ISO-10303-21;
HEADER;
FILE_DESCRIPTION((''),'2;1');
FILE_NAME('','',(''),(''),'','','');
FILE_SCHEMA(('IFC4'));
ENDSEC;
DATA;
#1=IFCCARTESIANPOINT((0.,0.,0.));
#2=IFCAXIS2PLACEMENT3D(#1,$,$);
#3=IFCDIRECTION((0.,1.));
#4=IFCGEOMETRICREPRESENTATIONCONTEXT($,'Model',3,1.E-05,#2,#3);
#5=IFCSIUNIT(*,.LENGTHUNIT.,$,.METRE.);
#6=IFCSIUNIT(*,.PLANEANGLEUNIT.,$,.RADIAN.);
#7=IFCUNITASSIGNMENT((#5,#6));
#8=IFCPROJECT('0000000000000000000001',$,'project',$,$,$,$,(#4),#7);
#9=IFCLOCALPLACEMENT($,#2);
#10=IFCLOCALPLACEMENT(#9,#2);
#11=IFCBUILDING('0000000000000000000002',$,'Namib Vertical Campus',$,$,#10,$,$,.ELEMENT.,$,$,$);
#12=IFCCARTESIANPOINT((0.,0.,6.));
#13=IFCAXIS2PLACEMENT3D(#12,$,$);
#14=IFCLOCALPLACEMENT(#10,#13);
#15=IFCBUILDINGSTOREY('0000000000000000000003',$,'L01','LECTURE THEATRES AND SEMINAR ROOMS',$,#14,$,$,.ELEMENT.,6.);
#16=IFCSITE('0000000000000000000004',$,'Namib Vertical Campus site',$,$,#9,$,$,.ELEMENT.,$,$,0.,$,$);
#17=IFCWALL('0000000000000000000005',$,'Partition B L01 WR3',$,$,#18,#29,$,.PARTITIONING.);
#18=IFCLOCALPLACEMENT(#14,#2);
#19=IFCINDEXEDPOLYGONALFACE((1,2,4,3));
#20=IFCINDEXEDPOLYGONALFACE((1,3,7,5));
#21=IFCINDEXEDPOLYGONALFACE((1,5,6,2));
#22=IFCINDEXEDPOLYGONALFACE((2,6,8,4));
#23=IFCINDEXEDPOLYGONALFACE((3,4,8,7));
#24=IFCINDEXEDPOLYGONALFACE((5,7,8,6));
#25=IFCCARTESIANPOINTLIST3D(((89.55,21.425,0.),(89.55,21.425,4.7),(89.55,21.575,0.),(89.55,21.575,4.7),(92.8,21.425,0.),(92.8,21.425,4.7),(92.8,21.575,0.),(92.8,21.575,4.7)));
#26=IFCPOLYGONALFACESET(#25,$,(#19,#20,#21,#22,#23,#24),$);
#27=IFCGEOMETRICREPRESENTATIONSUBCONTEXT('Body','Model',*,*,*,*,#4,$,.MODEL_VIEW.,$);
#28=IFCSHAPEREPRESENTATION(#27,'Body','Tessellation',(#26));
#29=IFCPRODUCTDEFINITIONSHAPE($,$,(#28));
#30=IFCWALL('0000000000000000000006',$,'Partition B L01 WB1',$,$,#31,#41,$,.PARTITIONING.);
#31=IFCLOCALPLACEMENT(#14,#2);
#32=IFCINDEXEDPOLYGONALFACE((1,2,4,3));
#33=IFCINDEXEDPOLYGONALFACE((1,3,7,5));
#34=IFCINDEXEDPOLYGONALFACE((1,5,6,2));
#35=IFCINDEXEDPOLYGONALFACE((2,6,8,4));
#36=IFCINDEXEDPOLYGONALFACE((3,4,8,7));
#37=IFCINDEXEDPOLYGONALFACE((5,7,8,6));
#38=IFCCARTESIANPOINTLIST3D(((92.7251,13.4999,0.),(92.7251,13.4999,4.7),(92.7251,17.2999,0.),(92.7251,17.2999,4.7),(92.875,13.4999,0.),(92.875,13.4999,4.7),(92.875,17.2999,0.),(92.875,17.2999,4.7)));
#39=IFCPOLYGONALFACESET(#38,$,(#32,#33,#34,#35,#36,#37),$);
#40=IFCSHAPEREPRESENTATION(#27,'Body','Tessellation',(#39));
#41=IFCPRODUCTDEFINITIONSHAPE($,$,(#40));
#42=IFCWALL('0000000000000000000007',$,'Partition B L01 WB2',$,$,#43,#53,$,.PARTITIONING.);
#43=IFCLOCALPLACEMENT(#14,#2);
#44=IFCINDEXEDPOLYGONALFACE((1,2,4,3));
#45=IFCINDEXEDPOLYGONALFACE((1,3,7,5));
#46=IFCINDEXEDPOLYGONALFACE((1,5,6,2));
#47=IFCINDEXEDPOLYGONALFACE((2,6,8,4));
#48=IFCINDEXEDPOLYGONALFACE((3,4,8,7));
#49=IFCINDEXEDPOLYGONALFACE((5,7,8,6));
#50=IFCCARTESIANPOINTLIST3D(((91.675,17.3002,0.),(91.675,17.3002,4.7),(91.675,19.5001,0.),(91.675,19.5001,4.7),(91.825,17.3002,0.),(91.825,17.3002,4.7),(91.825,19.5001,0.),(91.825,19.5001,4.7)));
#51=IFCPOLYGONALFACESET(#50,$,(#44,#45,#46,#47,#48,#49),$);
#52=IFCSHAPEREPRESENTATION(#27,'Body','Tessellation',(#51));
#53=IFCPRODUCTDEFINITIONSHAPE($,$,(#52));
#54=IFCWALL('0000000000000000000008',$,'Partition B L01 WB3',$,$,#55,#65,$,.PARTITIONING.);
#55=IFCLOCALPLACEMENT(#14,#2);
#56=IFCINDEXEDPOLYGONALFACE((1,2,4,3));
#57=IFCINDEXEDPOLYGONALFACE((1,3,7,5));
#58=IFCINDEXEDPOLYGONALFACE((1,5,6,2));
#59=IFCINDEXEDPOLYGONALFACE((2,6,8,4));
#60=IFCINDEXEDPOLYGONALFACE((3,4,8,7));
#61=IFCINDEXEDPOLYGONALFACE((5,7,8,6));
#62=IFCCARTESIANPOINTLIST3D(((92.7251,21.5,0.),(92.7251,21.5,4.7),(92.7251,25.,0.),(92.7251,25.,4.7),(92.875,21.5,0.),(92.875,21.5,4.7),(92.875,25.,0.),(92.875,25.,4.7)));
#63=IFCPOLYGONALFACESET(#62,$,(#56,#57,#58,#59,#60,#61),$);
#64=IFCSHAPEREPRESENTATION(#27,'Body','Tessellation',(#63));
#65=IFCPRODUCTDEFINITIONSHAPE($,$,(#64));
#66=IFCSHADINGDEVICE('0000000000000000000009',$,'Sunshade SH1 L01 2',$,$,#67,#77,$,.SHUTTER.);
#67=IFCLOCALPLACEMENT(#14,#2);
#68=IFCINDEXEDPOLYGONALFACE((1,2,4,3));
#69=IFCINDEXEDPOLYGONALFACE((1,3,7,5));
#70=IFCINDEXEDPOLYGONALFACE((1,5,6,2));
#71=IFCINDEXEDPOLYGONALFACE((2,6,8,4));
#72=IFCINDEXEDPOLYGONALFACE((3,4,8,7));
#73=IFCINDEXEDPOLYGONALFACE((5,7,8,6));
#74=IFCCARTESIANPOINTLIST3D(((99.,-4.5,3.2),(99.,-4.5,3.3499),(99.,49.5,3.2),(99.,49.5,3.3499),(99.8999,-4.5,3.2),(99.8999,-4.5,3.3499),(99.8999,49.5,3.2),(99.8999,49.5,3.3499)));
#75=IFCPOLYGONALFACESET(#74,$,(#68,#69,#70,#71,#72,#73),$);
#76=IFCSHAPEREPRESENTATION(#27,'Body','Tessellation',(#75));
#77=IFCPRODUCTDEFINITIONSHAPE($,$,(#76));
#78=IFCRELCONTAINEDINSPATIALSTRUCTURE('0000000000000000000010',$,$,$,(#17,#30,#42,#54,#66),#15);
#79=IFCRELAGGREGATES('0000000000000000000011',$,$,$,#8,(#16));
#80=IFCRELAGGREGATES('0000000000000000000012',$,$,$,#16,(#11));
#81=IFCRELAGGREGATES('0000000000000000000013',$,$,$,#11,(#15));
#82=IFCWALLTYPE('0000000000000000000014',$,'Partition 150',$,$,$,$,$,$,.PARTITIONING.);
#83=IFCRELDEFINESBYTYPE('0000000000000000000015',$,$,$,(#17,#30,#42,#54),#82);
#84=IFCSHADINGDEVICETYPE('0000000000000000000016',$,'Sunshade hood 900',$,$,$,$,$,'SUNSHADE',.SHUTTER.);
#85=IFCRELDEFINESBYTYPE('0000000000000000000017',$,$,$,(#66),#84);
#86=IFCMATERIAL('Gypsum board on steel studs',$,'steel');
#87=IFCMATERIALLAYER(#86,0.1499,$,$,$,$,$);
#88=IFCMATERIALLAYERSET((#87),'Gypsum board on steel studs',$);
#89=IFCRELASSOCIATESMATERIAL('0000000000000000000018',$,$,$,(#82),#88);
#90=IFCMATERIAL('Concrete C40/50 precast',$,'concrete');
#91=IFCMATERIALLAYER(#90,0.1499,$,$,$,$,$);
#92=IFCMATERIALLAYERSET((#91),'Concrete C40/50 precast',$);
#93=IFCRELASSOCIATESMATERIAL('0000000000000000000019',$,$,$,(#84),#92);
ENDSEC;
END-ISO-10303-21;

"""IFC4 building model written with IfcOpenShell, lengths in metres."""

from ifc_helpers import new_model, si_unit, direction, frame, frame_2d, origin, origin_2d, place, context, subcontext, project, spatial, rectangle, extrude, material, layer, layer_set, type_object, element, save


model = new_model("IFC4")

# Units and contexts
model_context = context("Model", 3, precision=1e-05, world=origin(), true_north=direction((0.0, 1.0)))
body_context = subcontext(model_context, "Body", "Model", "MODEL_VIEW")
ifc_project = project(units=[si_unit("LENGTHUNIT", "METRE"), si_unit("PLANEANGLEUNIT", "RADIAN")], contexts=[model_context])

# Site, building, storey
site_placement = place(None, origin())
site = spatial("IfcSite", under=ifc_project, at=site_placement, Name="Namib Vertical Campus site", CompositionType="ELEMENT", RefElevation=0.0)
building_placement = place(site_placement, origin())
building = spatial("IfcBuilding", under=site, at=building_placement, Name="Namib Vertical Campus", CompositionType="ELEMENT")
storey_placement = place(building_placement, frame((0.0, 0.0, 6.0)))
storey = spatial("IfcBuildingStorey", under=building, at=storey_placement, Name="L01", Description="LECTURE THEATRES AND SEMINAR ROOMS", CompositionType="ELEMENT", Elevation=6.0)

# Walls
ifc_material_1 = material(Name="Gypsum board on steel studs", Category="steel")
ifc_layer_1 = layer(ifc_material_1, 0.1499)
ifc_layer_set_1 = layer_set([ifc_layer_1], Name="Gypsum board on steel studs")
wall_type_1 = type_object("IfcWallType", Name="Partition 150", PredefinedType="PARTITIONING", material=ifc_layer_set_1)
wall_1_placement = place(storey_placement, frame((89.55, 21.5, 0.0), z_axis=(0.0, 0.0, 1.0), x_axis=(1.0, 0.0, 0.0)))
element("IfcWall", 1, at=wall_1_placement, inside=storey, type_object=wall_type_1, Name="Partition B L01 WR3", PredefinedType="PARTITIONING", context=body_context, shape_type="SweptSolid", body=[
    extrude(rectangle(XDim=3.25, YDim=0.1499, at=frame_2d((1.625, 0.0))), origin(), (0.0, 0.0, 1.0), 4.7),
])
wall_2_placement = place(storey_placement, frame((92.8, 13.5, 0.0), z_axis=(0.0, 0.0, 1.0), x_axis=(0.0, 1.0, 0.0)))
element("IfcWall", 2, at=wall_2_placement, inside=storey, type_object=wall_type_1, Name="Partition B L01 WB1", PredefinedType="PARTITIONING", context=body_context, shape_type="SweptSolid", body=[
    extrude(rectangle(XDim=3.8, YDim=0.1499, at=frame_2d((1.8999, 0.0))), origin(), (0.0, 0.0, 1.0), 4.7),
])
wall_3_placement = place(storey_placement, frame((91.75, 17.3, 0.0), z_axis=(0.0, 0.0, 1.0), x_axis=(0.0, 1.0, 0.0)))
element("IfcWall", 3, at=wall_3_placement, inside=storey, type_object=wall_type_1, Name="Partition B L01 WB2", PredefinedType="PARTITIONING", context=body_context, shape_type="SweptSolid", body=[
    extrude(rectangle(XDim=2.2, YDim=0.1499, at=frame_2d((1.1001, 0.0))), origin(), (0.0, 0.0, 1.0), 4.7),
])
wall_4_placement = place(storey_placement, frame((92.8, 21.5, 0.0), z_axis=(0.0, 0.0, 1.0), x_axis=(0.0, 1.0, 0.0)))
element("IfcWall", 4, at=wall_4_placement, inside=storey, type_object=wall_type_1, Name="Partition B L01 WB3", PredefinedType="PARTITIONING", context=body_context, shape_type="SweptSolid", body=[
    extrude(rectangle(XDim=3.5, YDim=0.1499, at=frame_2d((1.75, 0.0))), origin(), (0.0, 0.0, 1.0), 4.7),
])

# Shading device
ifc_material_2 = material(Name="Concrete C40/50 precast", Category="concrete")
ifc_layer_2 = layer(ifc_material_2, 0.1499)
ifc_layer_set_2 = layer_set([ifc_layer_2], Name="Concrete C40/50 precast")
shading_device_type = type_object("IfcShadingDeviceType", Name="Sunshade hood 900", ElementType="SUNSHADE", PredefinedType="SHUTTER", material=ifc_layer_set_2)
shading_device_placement = place(storey_placement, frame((99.45, 22.5, 3.2), z_axis=(0.0, 0.0, 1.0), x_axis=(0.0, 1.0, 0.0)))
element("IfcShadingDevice", 5, at=shading_device_placement, inside=storey, type_object=shading_device_type, Name="Sunshade SH1 L01 2", PredefinedType="SHUTTER", context=body_context, shape_type="SweptSolid", body=[
    extrude(rectangle(XDim=54.0, YDim=0.8999, at=origin_2d()), origin(), (0.0, 0.0, 1.0), 0.1499),
])

save(model, "model.ifc")
